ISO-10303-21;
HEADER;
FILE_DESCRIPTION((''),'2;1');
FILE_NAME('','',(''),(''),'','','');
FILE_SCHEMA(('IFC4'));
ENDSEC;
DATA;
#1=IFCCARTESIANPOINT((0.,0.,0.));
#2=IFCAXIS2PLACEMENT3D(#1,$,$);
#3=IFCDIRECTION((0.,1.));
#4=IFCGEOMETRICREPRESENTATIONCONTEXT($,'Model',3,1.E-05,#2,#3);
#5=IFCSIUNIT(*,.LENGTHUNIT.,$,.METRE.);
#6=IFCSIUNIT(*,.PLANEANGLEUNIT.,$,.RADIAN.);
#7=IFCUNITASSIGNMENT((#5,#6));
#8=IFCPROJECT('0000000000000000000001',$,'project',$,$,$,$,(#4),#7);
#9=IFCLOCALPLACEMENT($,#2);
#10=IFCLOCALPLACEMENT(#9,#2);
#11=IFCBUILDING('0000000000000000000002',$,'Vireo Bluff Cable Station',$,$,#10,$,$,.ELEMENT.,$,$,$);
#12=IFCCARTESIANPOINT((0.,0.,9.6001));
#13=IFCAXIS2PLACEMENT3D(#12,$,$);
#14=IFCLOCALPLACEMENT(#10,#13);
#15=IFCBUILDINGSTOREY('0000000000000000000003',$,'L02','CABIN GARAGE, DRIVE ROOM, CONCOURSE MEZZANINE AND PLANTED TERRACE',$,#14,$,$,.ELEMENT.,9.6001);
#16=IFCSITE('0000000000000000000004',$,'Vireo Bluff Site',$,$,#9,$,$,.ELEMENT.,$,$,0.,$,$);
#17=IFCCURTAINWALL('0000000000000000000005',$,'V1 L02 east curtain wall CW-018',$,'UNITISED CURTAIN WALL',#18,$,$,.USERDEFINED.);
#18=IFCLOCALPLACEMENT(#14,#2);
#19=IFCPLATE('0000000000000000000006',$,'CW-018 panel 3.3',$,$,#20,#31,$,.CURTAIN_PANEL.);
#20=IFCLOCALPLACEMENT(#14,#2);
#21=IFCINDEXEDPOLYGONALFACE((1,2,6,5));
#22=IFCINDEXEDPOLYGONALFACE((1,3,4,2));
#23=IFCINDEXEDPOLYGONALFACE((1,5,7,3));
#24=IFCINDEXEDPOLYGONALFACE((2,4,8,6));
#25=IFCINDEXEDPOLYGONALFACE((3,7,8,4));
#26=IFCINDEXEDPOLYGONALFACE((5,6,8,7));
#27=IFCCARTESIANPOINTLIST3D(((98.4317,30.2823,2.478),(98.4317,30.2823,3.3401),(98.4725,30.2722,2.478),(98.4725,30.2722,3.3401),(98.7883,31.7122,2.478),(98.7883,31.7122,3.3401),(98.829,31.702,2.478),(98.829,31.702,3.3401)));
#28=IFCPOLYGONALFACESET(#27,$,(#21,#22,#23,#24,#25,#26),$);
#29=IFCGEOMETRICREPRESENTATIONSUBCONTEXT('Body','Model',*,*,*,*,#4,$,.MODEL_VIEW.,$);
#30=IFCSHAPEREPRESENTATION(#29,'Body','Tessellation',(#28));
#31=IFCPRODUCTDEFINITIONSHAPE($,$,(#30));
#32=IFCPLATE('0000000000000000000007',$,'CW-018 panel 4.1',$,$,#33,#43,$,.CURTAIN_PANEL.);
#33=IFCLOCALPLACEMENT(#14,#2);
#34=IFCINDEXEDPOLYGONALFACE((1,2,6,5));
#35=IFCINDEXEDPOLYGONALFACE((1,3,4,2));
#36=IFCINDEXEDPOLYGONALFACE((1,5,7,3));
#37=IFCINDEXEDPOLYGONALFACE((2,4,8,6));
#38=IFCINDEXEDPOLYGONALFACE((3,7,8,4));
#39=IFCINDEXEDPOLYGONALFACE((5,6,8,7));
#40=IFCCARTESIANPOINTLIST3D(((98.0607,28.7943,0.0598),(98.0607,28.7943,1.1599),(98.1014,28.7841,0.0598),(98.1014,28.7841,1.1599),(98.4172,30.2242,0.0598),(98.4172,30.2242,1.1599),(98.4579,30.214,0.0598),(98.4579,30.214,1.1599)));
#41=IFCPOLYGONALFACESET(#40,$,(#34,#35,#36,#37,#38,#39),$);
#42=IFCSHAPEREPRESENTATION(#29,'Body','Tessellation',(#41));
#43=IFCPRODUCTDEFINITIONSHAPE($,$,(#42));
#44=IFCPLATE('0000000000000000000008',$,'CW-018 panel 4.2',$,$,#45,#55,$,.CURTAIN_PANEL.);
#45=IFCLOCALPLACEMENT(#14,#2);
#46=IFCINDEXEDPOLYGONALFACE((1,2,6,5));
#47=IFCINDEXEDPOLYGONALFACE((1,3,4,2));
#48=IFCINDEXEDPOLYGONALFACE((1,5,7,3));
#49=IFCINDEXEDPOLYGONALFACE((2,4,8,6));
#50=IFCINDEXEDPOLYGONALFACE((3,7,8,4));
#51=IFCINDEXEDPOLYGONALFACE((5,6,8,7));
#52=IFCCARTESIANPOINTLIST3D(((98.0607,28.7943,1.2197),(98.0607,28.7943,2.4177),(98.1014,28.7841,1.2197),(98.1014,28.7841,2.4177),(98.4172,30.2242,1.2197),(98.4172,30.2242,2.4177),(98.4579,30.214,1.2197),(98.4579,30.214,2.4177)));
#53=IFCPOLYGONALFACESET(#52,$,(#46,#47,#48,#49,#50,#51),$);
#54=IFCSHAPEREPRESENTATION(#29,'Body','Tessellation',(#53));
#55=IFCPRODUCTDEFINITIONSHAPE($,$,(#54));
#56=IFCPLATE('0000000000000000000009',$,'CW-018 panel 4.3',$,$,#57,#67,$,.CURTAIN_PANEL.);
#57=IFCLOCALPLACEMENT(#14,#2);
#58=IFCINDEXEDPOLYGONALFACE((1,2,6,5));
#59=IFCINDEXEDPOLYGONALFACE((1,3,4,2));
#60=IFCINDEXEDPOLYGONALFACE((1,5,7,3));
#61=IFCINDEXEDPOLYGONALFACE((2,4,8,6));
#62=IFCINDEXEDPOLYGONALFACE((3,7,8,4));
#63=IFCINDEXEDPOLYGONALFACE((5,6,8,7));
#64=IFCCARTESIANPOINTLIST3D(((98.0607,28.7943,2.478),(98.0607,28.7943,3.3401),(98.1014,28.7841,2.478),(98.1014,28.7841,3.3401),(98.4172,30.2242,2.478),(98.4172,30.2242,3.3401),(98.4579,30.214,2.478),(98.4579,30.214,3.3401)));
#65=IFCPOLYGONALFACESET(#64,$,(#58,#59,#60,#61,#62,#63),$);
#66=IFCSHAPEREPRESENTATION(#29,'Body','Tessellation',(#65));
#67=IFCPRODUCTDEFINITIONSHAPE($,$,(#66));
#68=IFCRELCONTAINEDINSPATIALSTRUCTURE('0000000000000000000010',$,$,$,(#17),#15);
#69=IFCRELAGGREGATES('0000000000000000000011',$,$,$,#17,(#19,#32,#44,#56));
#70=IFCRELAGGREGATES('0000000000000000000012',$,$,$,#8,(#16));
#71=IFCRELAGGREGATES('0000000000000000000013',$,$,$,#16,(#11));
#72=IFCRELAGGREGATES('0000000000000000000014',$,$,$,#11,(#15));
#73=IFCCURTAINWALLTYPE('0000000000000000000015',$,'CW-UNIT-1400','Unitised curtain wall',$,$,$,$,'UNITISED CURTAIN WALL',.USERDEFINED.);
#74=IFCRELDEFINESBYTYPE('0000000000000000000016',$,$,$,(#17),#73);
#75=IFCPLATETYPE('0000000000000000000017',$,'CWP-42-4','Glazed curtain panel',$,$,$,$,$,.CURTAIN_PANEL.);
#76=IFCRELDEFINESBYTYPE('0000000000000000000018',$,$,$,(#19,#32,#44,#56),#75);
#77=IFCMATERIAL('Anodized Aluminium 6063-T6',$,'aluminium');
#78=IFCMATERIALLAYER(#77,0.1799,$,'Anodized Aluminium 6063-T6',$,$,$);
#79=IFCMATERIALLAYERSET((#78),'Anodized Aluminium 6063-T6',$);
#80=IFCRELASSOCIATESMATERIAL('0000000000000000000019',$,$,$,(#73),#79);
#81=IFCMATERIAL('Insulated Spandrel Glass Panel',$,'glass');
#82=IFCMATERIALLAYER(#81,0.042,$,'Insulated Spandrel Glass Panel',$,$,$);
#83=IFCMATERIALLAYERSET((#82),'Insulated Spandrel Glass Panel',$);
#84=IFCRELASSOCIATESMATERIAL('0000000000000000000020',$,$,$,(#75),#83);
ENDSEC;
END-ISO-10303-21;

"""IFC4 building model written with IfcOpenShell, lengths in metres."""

from ifc_helpers import new_model, si_unit, direction, frame, origin, origin_2d, place, context, subcontext, project, spatial, rectangle, extrude, material, layer, layer_set, type_object, element, aggregate, save


model = new_model("IFC4")

# Units and contexts
model_context = context("Model", 3, precision=1e-05, world=origin(), true_north=direction((0.0, 1.0)))
body_context = subcontext(model_context, "Body", "Model", "MODEL_VIEW")
ifc_project = project(units=[si_unit("LENGTHUNIT", "METRE"), si_unit("PLANEANGLEUNIT", "RADIAN")], contexts=[model_context])

# Site, building, storey
site_placement = place(None, origin())
site = spatial("IfcSite", under=ifc_project, at=site_placement, Name="Vireo Bluff Site", CompositionType="ELEMENT", RefElevation=0.0)
building_placement = place(site_placement, origin())
building = spatial("IfcBuilding", under=site, at=building_placement, Name="Vireo Bluff Cable Station", CompositionType="ELEMENT")
storey_placement = place(building_placement, frame((0.0, 0.0, 9.6001)))
storey = spatial("IfcBuildingStorey", under=building, at=storey_placement, Name="L02", Description="CABIN GARAGE, DRIVE ROOM, CONCOURSE MEZZANINE AND PLANTED TERRACE", CompositionType="ELEMENT", Elevation=9.6001)

# Curtain wall
ifc_material_1 = material(Name="Anodized Aluminium 6063-T6", Category="aluminium")
ifc_layer_1 = layer(ifc_material_1, 0.1799, Name="Anodized Aluminium 6063-T6")
ifc_layer_set_1 = layer_set([ifc_layer_1], Name="Anodized Aluminium 6063-T6")
curtain_wall_type = type_object("IfcCurtainWallType", Name="CW-UNIT-1400", Description="Unitised curtain wall", ElementType="UNITISED CURTAIN WALL", PredefinedType="USERDEFINED", material=ifc_layer_set_1)
curtain_wall_placement = place(storey_placement, origin())
curtain_wall = element("IfcCurtainWall", 1, at=curtain_wall_placement, inside=storey, type_object=curtain_wall_type, Name="V1 L02 east curtain wall CW-018", ObjectType="UNITISED CURTAIN WALL", PredefinedType="USERDEFINED")

# Plates
ifc_material_2 = material(Name="Insulated Spandrel Glass Panel", Category="glass")
ifc_layer_2 = layer(ifc_material_2, 0.042, Name="Insulated Spandrel Glass Panel")
ifc_layer_set_2 = layer_set([ifc_layer_2], Name="Insulated Spandrel Glass Panel")
plate_type = type_object("IfcPlateType", Name="CWP-42-4", Description="Glazed curtain panel", PredefinedType="CURTAIN_PANEL", material=ifc_layer_set_2)
plate_1_placement = place(storey_placement, frame((98.6304, 30.9922, 2.478), z_axis=(0.0, 0.0, 1.0), x_axis=(-0.241922, -0.970296, 0.0)))
plate_1 = element("IfcPlate", 2, at=plate_1_placement, type_object=plate_type, Name="CW-018 panel 3.3", PredefinedType="CURTAIN_PANEL", context=body_context, shape_type="SweptSolid", body=[
    extrude(rectangle(XDim=1.4736, YDim=0.042, at=origin_2d()), origin(), (0.0, 0.0, 1.0), 0.8621),
])
plate_2_placement = place(storey_placement, frame((98.2593, 29.5042, 0.0598), z_axis=(0.0, 0.0, 1.0), x_axis=(-0.241922, -0.970296, 0.0)))
plate_2 = element("IfcPlate", 3, at=plate_2_placement, type_object=plate_type, Name="CW-018 panel 4.1", PredefinedType="CURTAIN_PANEL", context=body_context, shape_type="SweptSolid", body=[
    extrude(rectangle(XDim=1.4736, YDim=0.042, at=origin_2d()), origin(), (0.0, 0.0, 1.0), 1.1001),
])
plate_3_placement = place(storey_placement, frame((98.2593, 29.5042, 1.2197), z_axis=(0.0, 0.0, 1.0), x_axis=(-0.241922, -0.970296, 0.0)))
plate_3 = element("IfcPlate", 4, at=plate_3_placement, type_object=plate_type, Name="CW-018 panel 4.2", PredefinedType="CURTAIN_PANEL", context=body_context, shape_type="SweptSolid", body=[
    extrude(rectangle(XDim=1.4736, YDim=0.042, at=origin_2d()), origin(), (0.0, 0.0, 1.0), 1.198),
])
plate_4_placement = place(storey_placement, frame((98.2593, 29.5042, 2.478), z_axis=(0.0, 0.0, 1.0), x_axis=(-0.241922, -0.970296, 0.0)))
plate_4 = element("IfcPlate", 5, at=plate_4_placement, type_object=plate_type, Name="CW-018 panel 4.3", PredefinedType="CURTAIN_PANEL", context=body_context, shape_type="SweptSolid", body=[
    extrude(rectangle(XDim=1.4736, YDim=0.042, at=origin_2d()), origin(), (0.0, 0.0, 1.0), 0.8621),
])
aggregate(curtain_wall, [plate_1, plate_2, plate_3, plate_4])

save(model, "model.ifc")
